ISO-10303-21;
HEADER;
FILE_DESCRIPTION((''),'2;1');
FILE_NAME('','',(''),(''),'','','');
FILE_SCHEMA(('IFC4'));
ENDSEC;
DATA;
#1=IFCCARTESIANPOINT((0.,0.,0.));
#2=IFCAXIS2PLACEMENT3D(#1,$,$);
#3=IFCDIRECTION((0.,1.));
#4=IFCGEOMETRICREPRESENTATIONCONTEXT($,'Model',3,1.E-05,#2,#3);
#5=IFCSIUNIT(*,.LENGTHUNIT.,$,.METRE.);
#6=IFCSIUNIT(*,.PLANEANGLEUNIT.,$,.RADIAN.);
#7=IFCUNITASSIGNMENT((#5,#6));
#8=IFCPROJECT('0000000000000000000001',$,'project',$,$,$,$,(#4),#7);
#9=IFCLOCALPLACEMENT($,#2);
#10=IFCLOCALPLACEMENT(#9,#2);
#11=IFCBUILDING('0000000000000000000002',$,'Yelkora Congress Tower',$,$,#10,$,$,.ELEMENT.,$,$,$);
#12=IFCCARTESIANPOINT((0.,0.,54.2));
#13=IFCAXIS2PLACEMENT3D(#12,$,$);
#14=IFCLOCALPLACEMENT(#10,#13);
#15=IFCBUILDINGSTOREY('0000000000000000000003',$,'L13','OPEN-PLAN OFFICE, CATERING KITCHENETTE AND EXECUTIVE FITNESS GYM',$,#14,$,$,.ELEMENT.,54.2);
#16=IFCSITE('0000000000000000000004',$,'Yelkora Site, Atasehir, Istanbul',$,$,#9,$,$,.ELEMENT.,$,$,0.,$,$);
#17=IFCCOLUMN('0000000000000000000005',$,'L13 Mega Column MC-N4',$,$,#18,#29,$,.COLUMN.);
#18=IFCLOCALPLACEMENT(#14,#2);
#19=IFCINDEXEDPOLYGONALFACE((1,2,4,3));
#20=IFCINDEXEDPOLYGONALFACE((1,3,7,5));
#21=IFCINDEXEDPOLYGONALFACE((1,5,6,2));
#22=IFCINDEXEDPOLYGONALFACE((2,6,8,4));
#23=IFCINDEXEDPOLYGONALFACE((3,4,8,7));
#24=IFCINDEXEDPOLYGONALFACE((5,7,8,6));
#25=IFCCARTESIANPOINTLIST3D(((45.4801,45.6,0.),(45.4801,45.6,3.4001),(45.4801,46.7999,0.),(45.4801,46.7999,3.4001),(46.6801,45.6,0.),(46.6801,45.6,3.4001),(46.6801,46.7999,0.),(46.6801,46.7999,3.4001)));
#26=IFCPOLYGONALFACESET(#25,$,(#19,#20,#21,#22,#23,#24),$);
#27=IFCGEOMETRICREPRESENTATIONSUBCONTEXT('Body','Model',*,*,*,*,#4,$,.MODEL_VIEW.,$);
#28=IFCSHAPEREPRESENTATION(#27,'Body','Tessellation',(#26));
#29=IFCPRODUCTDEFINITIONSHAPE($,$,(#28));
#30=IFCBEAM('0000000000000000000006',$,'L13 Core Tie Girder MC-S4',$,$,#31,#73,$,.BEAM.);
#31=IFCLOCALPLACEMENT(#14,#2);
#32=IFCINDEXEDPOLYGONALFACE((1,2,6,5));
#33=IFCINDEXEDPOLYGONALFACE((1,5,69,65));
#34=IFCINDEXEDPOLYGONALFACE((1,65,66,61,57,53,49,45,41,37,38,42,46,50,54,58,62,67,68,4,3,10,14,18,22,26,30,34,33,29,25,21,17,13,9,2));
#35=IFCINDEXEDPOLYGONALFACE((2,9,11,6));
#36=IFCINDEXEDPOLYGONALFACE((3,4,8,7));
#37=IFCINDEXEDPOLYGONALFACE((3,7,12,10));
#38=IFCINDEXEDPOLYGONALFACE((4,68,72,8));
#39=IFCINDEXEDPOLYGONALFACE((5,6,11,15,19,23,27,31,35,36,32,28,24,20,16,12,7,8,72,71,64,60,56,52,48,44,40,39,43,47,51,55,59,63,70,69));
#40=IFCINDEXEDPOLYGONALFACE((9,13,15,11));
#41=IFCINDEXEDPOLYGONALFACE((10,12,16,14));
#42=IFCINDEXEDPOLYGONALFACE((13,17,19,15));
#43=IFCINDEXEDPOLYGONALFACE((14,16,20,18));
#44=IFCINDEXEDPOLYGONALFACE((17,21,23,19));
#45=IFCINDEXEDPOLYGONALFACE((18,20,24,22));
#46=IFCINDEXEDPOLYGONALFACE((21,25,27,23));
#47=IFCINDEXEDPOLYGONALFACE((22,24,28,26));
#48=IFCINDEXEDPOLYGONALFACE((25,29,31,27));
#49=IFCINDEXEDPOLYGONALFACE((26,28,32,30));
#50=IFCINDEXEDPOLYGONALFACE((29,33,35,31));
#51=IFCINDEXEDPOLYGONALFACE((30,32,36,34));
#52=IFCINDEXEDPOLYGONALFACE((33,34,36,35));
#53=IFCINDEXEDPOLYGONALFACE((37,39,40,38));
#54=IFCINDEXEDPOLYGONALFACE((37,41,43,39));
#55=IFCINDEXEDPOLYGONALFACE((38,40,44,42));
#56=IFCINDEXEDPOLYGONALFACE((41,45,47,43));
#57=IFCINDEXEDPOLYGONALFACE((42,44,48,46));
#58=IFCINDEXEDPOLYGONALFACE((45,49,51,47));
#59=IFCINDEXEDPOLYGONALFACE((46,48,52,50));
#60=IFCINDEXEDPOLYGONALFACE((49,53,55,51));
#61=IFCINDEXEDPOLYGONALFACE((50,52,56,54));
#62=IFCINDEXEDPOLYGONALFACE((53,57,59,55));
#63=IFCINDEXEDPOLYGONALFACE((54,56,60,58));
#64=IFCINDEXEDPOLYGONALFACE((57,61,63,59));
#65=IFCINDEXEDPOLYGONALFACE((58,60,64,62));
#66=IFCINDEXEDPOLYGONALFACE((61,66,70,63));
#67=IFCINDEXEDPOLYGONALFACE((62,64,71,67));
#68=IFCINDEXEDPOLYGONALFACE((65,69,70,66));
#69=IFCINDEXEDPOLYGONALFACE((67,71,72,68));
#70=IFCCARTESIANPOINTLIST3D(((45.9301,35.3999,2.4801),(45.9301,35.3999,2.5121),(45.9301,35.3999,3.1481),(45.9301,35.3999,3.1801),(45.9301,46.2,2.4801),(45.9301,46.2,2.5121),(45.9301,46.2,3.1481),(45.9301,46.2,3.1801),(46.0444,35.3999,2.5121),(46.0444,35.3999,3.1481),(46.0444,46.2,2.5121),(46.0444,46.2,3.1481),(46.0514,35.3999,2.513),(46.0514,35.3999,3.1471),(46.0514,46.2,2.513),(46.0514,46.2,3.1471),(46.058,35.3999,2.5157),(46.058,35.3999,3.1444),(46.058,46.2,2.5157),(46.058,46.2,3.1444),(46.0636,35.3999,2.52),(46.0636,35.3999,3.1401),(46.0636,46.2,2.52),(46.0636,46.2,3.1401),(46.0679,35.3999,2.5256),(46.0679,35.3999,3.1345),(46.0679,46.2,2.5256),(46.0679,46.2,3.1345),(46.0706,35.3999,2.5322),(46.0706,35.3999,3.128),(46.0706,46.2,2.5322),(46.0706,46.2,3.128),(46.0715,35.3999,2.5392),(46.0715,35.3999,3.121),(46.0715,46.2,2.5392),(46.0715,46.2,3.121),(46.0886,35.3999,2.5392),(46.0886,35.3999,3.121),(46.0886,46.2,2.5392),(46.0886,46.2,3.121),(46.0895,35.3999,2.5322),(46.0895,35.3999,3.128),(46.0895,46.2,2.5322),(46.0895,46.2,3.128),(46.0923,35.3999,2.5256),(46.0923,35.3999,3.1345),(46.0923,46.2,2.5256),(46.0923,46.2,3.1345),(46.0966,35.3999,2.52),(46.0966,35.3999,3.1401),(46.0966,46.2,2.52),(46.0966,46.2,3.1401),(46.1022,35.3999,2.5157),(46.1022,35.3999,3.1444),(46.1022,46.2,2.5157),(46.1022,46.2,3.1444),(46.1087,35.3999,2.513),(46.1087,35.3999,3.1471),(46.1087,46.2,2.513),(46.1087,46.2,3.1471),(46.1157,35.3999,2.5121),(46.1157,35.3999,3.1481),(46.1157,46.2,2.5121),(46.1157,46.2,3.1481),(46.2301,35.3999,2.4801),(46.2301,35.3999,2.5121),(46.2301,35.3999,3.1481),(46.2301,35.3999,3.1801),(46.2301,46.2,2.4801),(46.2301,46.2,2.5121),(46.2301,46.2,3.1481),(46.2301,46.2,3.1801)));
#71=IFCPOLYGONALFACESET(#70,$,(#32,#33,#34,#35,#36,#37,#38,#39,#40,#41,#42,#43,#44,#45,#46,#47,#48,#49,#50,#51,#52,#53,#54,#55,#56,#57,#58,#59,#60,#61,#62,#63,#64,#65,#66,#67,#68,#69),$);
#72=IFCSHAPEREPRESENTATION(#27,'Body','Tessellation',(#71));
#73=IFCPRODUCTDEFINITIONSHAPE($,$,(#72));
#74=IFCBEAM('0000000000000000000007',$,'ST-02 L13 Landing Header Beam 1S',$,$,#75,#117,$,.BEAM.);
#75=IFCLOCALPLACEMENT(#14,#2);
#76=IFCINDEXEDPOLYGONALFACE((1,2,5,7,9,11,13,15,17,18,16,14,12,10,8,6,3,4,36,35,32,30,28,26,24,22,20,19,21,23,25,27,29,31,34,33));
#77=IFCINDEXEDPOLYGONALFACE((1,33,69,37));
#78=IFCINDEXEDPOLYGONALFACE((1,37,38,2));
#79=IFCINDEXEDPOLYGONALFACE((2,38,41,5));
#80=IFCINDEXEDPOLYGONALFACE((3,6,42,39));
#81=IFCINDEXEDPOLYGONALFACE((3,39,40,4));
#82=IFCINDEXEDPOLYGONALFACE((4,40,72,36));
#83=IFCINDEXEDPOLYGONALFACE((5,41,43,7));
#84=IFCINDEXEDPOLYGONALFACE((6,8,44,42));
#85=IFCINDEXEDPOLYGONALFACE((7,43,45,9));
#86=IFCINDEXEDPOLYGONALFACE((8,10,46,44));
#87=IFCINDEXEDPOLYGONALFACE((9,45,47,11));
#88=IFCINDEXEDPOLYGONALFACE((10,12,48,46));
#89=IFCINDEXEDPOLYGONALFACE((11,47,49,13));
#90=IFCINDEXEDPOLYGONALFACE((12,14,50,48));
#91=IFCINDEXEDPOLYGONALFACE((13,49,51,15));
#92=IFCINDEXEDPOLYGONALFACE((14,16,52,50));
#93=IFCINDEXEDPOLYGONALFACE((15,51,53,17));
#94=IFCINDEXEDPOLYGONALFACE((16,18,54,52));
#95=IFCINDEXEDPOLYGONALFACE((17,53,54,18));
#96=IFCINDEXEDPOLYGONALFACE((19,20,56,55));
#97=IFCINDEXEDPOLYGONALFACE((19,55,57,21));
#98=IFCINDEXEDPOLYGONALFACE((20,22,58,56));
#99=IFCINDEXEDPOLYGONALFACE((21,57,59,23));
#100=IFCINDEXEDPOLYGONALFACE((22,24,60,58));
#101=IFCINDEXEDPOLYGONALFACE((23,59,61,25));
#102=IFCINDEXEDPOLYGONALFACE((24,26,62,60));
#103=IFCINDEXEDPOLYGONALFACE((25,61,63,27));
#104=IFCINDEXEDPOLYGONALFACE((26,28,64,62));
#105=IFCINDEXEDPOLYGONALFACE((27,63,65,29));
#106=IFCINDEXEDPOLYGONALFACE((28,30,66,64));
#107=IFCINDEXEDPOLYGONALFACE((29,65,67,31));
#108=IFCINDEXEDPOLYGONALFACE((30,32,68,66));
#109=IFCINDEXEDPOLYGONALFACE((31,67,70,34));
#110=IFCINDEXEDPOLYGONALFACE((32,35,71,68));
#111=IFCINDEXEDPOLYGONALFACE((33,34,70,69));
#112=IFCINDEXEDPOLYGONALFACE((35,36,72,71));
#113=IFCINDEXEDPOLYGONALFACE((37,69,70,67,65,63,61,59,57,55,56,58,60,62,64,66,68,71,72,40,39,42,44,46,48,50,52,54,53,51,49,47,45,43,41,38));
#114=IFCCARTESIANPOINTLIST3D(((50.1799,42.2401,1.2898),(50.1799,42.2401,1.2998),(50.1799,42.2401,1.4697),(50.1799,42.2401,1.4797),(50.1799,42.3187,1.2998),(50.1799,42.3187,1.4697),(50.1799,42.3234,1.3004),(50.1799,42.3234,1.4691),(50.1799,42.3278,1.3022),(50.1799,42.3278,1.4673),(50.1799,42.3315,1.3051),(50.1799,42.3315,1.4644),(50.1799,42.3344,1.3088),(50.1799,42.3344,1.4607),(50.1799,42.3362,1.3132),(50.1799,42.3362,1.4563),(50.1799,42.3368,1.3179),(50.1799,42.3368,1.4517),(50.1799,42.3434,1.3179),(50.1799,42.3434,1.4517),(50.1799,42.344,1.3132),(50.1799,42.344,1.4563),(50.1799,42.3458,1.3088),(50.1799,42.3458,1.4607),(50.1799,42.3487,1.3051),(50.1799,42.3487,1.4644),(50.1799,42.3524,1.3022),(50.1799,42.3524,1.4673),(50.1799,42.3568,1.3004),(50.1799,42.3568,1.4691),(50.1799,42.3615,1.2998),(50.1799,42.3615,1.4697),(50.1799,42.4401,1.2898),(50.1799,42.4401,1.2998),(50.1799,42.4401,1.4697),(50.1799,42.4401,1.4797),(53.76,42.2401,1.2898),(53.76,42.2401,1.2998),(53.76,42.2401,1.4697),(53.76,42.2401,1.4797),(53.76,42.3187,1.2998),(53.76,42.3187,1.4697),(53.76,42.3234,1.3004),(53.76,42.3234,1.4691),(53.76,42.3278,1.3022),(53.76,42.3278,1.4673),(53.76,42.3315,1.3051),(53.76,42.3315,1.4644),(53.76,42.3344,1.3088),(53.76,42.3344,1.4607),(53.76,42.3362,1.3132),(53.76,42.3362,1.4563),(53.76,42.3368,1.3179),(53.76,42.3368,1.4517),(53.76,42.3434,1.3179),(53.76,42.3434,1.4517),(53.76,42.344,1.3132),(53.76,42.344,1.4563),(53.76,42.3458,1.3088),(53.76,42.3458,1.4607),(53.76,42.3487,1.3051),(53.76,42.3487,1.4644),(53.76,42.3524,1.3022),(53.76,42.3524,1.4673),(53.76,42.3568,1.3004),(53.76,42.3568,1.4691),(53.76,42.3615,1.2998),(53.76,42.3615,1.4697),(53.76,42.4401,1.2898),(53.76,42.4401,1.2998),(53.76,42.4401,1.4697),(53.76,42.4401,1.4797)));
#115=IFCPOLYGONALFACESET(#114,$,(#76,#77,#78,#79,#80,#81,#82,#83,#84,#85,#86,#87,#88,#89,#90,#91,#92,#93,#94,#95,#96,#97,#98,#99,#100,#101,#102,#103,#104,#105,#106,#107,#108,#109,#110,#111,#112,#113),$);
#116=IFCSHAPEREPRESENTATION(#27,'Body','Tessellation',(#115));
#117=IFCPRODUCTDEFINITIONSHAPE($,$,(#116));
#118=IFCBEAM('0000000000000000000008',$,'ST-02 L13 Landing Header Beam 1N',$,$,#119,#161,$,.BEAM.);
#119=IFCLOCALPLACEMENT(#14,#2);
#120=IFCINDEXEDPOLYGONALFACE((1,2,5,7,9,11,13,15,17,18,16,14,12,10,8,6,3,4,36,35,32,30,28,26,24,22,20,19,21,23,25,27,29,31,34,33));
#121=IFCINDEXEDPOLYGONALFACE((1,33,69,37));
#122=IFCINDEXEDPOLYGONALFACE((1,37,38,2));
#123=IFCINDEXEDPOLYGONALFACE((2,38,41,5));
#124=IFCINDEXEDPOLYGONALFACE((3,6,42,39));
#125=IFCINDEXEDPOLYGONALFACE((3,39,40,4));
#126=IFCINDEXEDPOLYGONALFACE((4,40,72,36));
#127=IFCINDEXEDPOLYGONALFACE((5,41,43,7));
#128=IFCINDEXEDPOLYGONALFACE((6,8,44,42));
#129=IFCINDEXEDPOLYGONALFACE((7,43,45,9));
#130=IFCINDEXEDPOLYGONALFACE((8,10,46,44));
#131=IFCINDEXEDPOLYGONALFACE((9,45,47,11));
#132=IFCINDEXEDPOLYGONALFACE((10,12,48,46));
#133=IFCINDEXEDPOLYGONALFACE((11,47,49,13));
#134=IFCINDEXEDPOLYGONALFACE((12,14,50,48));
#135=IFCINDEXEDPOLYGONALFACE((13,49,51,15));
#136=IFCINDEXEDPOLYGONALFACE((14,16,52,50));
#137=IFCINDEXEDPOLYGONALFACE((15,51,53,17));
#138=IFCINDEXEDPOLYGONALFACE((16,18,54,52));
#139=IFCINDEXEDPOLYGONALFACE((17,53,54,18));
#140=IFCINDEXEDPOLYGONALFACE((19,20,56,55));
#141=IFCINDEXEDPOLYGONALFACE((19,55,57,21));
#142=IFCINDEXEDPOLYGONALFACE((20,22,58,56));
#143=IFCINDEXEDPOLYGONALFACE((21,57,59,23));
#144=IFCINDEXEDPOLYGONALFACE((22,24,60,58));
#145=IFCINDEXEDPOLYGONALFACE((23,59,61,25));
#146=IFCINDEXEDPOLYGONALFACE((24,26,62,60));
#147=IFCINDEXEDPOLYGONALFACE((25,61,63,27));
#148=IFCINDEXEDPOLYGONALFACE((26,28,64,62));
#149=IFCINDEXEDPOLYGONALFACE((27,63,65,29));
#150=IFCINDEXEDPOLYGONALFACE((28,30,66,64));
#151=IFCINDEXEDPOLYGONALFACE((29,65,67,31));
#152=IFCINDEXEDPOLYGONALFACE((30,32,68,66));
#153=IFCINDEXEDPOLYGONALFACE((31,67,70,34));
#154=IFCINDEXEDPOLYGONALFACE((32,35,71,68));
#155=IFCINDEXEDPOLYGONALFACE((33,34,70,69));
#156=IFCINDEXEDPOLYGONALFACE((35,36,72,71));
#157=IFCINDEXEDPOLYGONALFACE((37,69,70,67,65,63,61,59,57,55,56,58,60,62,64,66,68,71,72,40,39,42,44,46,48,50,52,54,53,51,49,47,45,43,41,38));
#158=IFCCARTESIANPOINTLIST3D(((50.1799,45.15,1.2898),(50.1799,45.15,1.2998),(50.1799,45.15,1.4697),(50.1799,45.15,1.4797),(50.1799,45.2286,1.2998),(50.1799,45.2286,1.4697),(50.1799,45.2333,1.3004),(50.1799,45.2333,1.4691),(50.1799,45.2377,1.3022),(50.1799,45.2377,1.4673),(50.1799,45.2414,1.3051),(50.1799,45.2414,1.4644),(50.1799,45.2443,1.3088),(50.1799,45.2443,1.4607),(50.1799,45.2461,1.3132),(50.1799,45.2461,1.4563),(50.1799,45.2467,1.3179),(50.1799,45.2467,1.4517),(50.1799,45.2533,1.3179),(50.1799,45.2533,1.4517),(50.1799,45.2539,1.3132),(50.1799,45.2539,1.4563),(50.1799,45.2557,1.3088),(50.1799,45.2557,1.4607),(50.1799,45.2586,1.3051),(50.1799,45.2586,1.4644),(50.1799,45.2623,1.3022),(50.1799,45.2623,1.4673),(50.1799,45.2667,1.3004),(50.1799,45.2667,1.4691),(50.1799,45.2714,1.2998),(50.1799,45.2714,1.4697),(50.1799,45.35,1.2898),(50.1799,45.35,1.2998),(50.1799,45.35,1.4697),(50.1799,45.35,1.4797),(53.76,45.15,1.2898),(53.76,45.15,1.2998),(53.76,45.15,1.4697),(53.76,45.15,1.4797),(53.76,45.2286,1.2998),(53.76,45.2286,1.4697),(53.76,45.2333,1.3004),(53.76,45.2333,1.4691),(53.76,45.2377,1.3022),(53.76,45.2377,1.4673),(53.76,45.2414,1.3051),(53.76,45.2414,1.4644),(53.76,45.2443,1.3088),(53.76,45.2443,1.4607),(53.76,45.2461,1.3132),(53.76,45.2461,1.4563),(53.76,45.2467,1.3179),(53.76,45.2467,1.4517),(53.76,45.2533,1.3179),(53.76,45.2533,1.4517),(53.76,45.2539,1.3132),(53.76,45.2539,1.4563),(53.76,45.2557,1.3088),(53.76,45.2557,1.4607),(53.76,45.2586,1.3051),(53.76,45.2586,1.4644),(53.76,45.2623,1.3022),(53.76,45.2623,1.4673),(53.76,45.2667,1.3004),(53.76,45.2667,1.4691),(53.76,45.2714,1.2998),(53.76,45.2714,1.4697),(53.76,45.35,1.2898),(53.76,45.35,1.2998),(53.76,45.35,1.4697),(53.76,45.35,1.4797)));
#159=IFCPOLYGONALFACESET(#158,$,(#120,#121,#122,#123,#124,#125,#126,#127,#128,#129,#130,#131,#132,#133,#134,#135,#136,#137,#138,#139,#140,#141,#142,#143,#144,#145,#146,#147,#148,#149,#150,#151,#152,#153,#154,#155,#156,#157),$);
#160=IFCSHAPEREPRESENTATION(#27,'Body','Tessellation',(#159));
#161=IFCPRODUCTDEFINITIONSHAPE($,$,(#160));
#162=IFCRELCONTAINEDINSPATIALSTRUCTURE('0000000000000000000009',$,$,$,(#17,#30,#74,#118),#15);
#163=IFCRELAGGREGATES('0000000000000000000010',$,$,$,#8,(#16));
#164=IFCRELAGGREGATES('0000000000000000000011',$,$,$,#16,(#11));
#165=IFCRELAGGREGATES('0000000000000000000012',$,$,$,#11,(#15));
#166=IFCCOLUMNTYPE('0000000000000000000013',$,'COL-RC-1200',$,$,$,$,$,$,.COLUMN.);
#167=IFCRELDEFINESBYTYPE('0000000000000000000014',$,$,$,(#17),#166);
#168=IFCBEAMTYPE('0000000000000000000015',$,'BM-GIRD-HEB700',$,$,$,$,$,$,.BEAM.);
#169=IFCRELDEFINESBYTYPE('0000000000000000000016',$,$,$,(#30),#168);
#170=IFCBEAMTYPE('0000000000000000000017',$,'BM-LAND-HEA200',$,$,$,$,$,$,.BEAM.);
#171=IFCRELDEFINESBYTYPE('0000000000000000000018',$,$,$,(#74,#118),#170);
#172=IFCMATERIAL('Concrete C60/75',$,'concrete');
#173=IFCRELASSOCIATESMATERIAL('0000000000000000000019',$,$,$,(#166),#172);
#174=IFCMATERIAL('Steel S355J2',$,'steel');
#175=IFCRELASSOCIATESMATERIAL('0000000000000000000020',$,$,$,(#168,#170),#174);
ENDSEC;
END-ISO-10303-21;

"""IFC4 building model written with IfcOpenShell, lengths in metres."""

from ifc_helpers import new_model, si_unit, direction, frame, origin, origin_2d, place, context, subcontext, project, spatial, rectangle, i_section, extrude, material, material_profile, profile_set, type_object, element, save


model = new_model("IFC4")

# Units and contexts
model_context = context("Model", 3, precision=1e-05, world=origin(), true_north=direction((0.0, 1.0)))
body_context = subcontext(model_context, "Body", "Model", "MODEL_VIEW")
ifc_project = project(units=[si_unit("LENGTHUNIT", "METRE"), si_unit("PLANEANGLEUNIT", "RADIAN")], contexts=[model_context])

# Site, building, storey
site_placement = place(None, origin())
site = spatial("IfcSite", under=ifc_project, at=site_placement, Name="Yelkora Site, Atasehir, Istanbul", CompositionType="ELEMENT", RefElevation=0.0)
building_placement = place(site_placement, origin())
building = spatial("IfcBuilding", under=site, at=building_placement, Name="Yelkora Congress Tower", CompositionType="ELEMENT")
storey_placement = place(building_placement, frame((0.0, 0.0, 54.2)))
storey = spatial("IfcBuildingStorey", under=building, at=storey_placement, Name="L13", Description="OPEN-PLAN OFFICE, CATERING KITCHENETTE AND EXECUTIVE FITNESS GYM", CompositionType="ELEMENT", Elevation=54.2)

# Column
ifc_material_1 = material(Name="Concrete C60/75", Category="concrete")
ifc_material_profile_1 = material_profile(ifc_material_1, rectangle(XDim=1.2, YDim=1.2, at=origin_2d()), Name="RC 1200x1200")
ifc_profile_set_1 = profile_set([ifc_material_profile_1], Name="Concrete C60/75")
column_type = type_object("IfcColumnType", Name="COL-RC-1200", PredefinedType="COLUMN", material=ifc_profile_set_1)
column_placement = place(storey_placement, frame((46.0801, 46.2, 0.0), z_axis=(0.0, 0.0, 1.0), x_axis=(1.0, 0.0, 0.0)))
element("IfcColumn", 1, at=column_placement, inside=storey, type_object=column_type, Name="L13 Mega Column MC-N4", PredefinedType="COLUMN", context=body_context, shape_type="SweptSolid", body=[
    extrude(rectangle(XDim=1.2, YDim=1.2, at=origin_2d()), origin(), (0.0, 0.0, 1.0), 3.4001),
])

# Beams
ifc_material_2 = material(Name="Steel S355J2", Category="steel")
ifc_material_profile_2 = material_profile(ifc_material_2, i_section(OverallWidth=0.3, OverallDepth=0.7, WebThickness=0.0171, FlangeThickness=0.032, FilletRadius=0.0271, at=origin_2d()), Name="HEB 700")
ifc_profile_set_2 = profile_set([ifc_material_profile_2], Name="Steel S355J2")
beam_type_1 = type_object("IfcBeamType", Name="BM-GIRD-HEB700", PredefinedType="BEAM", material=ifc_profile_set_2)
beam_1_placement = place(storey_placement, frame((46.0801, 35.3999, 2.8301), z_axis=(0.0, 1.0, 0.0), x_axis=(-1.0, 0.0, 0.0)))
element("IfcBeam", 2, at=beam_1_placement, inside=storey, type_object=beam_type_1, Name="L13 Core Tie Girder MC-S4", PredefinedType="BEAM", context=body_context, shape_type="SweptSolid", body=[
    extrude(i_section(OverallWidth=0.3, OverallDepth=0.7, WebThickness=0.0171, FlangeThickness=0.032, FilletRadius=0.0271, at=origin_2d()), origin(), (0.0, 0.0, 1.0), 10.8),
])
ifc_material_profile_3 = material_profile(ifc_material_2, i_section(OverallWidth=0.2, OverallDepth=0.1899, WebThickness=0.0066, FlangeThickness=0.01, FilletRadius=0.0181, at=origin_2d()), Name="HEA 200")
ifc_profile_set_3 = profile_set([ifc_material_profile_3], Name="Steel S355J2")
beam_type_2 = type_object("IfcBeamType", Name="BM-LAND-HEA200", PredefinedType="BEAM", material=ifc_profile_set_3)
for number, where, z_axis, x_axis, name in (
    (3, (50.1799, 42.3401, 1.3848), (1.0, 0.0, 0.0), (0.0, 1.0, 0.0), "ST-02 L13 Landing Header Beam 1S"),
    (4, (50.1799, 45.25, 1.3848), (1.0, 0.0, 0.0), (0.0, 1.0, 0.0), "ST-02 L13 Landing Header Beam 1N"),
):
    element("IfcBeam", number, at=place(storey_placement, frame(where, z_axis=z_axis, x_axis=x_axis)), inside=storey, type_object=beam_type_2, Name=name, PredefinedType="BEAM", context=body_context, shape_type="SweptSolid", body=[
        extrude(i_section(OverallWidth=0.2, OverallDepth=0.1899, WebThickness=0.0066, FlangeThickness=0.01, FilletRadius=0.0181, at=origin_2d()), origin(), (0.0, 0.0, 1.0), 3.5801),
    ])

save(model, "model.ifc")
